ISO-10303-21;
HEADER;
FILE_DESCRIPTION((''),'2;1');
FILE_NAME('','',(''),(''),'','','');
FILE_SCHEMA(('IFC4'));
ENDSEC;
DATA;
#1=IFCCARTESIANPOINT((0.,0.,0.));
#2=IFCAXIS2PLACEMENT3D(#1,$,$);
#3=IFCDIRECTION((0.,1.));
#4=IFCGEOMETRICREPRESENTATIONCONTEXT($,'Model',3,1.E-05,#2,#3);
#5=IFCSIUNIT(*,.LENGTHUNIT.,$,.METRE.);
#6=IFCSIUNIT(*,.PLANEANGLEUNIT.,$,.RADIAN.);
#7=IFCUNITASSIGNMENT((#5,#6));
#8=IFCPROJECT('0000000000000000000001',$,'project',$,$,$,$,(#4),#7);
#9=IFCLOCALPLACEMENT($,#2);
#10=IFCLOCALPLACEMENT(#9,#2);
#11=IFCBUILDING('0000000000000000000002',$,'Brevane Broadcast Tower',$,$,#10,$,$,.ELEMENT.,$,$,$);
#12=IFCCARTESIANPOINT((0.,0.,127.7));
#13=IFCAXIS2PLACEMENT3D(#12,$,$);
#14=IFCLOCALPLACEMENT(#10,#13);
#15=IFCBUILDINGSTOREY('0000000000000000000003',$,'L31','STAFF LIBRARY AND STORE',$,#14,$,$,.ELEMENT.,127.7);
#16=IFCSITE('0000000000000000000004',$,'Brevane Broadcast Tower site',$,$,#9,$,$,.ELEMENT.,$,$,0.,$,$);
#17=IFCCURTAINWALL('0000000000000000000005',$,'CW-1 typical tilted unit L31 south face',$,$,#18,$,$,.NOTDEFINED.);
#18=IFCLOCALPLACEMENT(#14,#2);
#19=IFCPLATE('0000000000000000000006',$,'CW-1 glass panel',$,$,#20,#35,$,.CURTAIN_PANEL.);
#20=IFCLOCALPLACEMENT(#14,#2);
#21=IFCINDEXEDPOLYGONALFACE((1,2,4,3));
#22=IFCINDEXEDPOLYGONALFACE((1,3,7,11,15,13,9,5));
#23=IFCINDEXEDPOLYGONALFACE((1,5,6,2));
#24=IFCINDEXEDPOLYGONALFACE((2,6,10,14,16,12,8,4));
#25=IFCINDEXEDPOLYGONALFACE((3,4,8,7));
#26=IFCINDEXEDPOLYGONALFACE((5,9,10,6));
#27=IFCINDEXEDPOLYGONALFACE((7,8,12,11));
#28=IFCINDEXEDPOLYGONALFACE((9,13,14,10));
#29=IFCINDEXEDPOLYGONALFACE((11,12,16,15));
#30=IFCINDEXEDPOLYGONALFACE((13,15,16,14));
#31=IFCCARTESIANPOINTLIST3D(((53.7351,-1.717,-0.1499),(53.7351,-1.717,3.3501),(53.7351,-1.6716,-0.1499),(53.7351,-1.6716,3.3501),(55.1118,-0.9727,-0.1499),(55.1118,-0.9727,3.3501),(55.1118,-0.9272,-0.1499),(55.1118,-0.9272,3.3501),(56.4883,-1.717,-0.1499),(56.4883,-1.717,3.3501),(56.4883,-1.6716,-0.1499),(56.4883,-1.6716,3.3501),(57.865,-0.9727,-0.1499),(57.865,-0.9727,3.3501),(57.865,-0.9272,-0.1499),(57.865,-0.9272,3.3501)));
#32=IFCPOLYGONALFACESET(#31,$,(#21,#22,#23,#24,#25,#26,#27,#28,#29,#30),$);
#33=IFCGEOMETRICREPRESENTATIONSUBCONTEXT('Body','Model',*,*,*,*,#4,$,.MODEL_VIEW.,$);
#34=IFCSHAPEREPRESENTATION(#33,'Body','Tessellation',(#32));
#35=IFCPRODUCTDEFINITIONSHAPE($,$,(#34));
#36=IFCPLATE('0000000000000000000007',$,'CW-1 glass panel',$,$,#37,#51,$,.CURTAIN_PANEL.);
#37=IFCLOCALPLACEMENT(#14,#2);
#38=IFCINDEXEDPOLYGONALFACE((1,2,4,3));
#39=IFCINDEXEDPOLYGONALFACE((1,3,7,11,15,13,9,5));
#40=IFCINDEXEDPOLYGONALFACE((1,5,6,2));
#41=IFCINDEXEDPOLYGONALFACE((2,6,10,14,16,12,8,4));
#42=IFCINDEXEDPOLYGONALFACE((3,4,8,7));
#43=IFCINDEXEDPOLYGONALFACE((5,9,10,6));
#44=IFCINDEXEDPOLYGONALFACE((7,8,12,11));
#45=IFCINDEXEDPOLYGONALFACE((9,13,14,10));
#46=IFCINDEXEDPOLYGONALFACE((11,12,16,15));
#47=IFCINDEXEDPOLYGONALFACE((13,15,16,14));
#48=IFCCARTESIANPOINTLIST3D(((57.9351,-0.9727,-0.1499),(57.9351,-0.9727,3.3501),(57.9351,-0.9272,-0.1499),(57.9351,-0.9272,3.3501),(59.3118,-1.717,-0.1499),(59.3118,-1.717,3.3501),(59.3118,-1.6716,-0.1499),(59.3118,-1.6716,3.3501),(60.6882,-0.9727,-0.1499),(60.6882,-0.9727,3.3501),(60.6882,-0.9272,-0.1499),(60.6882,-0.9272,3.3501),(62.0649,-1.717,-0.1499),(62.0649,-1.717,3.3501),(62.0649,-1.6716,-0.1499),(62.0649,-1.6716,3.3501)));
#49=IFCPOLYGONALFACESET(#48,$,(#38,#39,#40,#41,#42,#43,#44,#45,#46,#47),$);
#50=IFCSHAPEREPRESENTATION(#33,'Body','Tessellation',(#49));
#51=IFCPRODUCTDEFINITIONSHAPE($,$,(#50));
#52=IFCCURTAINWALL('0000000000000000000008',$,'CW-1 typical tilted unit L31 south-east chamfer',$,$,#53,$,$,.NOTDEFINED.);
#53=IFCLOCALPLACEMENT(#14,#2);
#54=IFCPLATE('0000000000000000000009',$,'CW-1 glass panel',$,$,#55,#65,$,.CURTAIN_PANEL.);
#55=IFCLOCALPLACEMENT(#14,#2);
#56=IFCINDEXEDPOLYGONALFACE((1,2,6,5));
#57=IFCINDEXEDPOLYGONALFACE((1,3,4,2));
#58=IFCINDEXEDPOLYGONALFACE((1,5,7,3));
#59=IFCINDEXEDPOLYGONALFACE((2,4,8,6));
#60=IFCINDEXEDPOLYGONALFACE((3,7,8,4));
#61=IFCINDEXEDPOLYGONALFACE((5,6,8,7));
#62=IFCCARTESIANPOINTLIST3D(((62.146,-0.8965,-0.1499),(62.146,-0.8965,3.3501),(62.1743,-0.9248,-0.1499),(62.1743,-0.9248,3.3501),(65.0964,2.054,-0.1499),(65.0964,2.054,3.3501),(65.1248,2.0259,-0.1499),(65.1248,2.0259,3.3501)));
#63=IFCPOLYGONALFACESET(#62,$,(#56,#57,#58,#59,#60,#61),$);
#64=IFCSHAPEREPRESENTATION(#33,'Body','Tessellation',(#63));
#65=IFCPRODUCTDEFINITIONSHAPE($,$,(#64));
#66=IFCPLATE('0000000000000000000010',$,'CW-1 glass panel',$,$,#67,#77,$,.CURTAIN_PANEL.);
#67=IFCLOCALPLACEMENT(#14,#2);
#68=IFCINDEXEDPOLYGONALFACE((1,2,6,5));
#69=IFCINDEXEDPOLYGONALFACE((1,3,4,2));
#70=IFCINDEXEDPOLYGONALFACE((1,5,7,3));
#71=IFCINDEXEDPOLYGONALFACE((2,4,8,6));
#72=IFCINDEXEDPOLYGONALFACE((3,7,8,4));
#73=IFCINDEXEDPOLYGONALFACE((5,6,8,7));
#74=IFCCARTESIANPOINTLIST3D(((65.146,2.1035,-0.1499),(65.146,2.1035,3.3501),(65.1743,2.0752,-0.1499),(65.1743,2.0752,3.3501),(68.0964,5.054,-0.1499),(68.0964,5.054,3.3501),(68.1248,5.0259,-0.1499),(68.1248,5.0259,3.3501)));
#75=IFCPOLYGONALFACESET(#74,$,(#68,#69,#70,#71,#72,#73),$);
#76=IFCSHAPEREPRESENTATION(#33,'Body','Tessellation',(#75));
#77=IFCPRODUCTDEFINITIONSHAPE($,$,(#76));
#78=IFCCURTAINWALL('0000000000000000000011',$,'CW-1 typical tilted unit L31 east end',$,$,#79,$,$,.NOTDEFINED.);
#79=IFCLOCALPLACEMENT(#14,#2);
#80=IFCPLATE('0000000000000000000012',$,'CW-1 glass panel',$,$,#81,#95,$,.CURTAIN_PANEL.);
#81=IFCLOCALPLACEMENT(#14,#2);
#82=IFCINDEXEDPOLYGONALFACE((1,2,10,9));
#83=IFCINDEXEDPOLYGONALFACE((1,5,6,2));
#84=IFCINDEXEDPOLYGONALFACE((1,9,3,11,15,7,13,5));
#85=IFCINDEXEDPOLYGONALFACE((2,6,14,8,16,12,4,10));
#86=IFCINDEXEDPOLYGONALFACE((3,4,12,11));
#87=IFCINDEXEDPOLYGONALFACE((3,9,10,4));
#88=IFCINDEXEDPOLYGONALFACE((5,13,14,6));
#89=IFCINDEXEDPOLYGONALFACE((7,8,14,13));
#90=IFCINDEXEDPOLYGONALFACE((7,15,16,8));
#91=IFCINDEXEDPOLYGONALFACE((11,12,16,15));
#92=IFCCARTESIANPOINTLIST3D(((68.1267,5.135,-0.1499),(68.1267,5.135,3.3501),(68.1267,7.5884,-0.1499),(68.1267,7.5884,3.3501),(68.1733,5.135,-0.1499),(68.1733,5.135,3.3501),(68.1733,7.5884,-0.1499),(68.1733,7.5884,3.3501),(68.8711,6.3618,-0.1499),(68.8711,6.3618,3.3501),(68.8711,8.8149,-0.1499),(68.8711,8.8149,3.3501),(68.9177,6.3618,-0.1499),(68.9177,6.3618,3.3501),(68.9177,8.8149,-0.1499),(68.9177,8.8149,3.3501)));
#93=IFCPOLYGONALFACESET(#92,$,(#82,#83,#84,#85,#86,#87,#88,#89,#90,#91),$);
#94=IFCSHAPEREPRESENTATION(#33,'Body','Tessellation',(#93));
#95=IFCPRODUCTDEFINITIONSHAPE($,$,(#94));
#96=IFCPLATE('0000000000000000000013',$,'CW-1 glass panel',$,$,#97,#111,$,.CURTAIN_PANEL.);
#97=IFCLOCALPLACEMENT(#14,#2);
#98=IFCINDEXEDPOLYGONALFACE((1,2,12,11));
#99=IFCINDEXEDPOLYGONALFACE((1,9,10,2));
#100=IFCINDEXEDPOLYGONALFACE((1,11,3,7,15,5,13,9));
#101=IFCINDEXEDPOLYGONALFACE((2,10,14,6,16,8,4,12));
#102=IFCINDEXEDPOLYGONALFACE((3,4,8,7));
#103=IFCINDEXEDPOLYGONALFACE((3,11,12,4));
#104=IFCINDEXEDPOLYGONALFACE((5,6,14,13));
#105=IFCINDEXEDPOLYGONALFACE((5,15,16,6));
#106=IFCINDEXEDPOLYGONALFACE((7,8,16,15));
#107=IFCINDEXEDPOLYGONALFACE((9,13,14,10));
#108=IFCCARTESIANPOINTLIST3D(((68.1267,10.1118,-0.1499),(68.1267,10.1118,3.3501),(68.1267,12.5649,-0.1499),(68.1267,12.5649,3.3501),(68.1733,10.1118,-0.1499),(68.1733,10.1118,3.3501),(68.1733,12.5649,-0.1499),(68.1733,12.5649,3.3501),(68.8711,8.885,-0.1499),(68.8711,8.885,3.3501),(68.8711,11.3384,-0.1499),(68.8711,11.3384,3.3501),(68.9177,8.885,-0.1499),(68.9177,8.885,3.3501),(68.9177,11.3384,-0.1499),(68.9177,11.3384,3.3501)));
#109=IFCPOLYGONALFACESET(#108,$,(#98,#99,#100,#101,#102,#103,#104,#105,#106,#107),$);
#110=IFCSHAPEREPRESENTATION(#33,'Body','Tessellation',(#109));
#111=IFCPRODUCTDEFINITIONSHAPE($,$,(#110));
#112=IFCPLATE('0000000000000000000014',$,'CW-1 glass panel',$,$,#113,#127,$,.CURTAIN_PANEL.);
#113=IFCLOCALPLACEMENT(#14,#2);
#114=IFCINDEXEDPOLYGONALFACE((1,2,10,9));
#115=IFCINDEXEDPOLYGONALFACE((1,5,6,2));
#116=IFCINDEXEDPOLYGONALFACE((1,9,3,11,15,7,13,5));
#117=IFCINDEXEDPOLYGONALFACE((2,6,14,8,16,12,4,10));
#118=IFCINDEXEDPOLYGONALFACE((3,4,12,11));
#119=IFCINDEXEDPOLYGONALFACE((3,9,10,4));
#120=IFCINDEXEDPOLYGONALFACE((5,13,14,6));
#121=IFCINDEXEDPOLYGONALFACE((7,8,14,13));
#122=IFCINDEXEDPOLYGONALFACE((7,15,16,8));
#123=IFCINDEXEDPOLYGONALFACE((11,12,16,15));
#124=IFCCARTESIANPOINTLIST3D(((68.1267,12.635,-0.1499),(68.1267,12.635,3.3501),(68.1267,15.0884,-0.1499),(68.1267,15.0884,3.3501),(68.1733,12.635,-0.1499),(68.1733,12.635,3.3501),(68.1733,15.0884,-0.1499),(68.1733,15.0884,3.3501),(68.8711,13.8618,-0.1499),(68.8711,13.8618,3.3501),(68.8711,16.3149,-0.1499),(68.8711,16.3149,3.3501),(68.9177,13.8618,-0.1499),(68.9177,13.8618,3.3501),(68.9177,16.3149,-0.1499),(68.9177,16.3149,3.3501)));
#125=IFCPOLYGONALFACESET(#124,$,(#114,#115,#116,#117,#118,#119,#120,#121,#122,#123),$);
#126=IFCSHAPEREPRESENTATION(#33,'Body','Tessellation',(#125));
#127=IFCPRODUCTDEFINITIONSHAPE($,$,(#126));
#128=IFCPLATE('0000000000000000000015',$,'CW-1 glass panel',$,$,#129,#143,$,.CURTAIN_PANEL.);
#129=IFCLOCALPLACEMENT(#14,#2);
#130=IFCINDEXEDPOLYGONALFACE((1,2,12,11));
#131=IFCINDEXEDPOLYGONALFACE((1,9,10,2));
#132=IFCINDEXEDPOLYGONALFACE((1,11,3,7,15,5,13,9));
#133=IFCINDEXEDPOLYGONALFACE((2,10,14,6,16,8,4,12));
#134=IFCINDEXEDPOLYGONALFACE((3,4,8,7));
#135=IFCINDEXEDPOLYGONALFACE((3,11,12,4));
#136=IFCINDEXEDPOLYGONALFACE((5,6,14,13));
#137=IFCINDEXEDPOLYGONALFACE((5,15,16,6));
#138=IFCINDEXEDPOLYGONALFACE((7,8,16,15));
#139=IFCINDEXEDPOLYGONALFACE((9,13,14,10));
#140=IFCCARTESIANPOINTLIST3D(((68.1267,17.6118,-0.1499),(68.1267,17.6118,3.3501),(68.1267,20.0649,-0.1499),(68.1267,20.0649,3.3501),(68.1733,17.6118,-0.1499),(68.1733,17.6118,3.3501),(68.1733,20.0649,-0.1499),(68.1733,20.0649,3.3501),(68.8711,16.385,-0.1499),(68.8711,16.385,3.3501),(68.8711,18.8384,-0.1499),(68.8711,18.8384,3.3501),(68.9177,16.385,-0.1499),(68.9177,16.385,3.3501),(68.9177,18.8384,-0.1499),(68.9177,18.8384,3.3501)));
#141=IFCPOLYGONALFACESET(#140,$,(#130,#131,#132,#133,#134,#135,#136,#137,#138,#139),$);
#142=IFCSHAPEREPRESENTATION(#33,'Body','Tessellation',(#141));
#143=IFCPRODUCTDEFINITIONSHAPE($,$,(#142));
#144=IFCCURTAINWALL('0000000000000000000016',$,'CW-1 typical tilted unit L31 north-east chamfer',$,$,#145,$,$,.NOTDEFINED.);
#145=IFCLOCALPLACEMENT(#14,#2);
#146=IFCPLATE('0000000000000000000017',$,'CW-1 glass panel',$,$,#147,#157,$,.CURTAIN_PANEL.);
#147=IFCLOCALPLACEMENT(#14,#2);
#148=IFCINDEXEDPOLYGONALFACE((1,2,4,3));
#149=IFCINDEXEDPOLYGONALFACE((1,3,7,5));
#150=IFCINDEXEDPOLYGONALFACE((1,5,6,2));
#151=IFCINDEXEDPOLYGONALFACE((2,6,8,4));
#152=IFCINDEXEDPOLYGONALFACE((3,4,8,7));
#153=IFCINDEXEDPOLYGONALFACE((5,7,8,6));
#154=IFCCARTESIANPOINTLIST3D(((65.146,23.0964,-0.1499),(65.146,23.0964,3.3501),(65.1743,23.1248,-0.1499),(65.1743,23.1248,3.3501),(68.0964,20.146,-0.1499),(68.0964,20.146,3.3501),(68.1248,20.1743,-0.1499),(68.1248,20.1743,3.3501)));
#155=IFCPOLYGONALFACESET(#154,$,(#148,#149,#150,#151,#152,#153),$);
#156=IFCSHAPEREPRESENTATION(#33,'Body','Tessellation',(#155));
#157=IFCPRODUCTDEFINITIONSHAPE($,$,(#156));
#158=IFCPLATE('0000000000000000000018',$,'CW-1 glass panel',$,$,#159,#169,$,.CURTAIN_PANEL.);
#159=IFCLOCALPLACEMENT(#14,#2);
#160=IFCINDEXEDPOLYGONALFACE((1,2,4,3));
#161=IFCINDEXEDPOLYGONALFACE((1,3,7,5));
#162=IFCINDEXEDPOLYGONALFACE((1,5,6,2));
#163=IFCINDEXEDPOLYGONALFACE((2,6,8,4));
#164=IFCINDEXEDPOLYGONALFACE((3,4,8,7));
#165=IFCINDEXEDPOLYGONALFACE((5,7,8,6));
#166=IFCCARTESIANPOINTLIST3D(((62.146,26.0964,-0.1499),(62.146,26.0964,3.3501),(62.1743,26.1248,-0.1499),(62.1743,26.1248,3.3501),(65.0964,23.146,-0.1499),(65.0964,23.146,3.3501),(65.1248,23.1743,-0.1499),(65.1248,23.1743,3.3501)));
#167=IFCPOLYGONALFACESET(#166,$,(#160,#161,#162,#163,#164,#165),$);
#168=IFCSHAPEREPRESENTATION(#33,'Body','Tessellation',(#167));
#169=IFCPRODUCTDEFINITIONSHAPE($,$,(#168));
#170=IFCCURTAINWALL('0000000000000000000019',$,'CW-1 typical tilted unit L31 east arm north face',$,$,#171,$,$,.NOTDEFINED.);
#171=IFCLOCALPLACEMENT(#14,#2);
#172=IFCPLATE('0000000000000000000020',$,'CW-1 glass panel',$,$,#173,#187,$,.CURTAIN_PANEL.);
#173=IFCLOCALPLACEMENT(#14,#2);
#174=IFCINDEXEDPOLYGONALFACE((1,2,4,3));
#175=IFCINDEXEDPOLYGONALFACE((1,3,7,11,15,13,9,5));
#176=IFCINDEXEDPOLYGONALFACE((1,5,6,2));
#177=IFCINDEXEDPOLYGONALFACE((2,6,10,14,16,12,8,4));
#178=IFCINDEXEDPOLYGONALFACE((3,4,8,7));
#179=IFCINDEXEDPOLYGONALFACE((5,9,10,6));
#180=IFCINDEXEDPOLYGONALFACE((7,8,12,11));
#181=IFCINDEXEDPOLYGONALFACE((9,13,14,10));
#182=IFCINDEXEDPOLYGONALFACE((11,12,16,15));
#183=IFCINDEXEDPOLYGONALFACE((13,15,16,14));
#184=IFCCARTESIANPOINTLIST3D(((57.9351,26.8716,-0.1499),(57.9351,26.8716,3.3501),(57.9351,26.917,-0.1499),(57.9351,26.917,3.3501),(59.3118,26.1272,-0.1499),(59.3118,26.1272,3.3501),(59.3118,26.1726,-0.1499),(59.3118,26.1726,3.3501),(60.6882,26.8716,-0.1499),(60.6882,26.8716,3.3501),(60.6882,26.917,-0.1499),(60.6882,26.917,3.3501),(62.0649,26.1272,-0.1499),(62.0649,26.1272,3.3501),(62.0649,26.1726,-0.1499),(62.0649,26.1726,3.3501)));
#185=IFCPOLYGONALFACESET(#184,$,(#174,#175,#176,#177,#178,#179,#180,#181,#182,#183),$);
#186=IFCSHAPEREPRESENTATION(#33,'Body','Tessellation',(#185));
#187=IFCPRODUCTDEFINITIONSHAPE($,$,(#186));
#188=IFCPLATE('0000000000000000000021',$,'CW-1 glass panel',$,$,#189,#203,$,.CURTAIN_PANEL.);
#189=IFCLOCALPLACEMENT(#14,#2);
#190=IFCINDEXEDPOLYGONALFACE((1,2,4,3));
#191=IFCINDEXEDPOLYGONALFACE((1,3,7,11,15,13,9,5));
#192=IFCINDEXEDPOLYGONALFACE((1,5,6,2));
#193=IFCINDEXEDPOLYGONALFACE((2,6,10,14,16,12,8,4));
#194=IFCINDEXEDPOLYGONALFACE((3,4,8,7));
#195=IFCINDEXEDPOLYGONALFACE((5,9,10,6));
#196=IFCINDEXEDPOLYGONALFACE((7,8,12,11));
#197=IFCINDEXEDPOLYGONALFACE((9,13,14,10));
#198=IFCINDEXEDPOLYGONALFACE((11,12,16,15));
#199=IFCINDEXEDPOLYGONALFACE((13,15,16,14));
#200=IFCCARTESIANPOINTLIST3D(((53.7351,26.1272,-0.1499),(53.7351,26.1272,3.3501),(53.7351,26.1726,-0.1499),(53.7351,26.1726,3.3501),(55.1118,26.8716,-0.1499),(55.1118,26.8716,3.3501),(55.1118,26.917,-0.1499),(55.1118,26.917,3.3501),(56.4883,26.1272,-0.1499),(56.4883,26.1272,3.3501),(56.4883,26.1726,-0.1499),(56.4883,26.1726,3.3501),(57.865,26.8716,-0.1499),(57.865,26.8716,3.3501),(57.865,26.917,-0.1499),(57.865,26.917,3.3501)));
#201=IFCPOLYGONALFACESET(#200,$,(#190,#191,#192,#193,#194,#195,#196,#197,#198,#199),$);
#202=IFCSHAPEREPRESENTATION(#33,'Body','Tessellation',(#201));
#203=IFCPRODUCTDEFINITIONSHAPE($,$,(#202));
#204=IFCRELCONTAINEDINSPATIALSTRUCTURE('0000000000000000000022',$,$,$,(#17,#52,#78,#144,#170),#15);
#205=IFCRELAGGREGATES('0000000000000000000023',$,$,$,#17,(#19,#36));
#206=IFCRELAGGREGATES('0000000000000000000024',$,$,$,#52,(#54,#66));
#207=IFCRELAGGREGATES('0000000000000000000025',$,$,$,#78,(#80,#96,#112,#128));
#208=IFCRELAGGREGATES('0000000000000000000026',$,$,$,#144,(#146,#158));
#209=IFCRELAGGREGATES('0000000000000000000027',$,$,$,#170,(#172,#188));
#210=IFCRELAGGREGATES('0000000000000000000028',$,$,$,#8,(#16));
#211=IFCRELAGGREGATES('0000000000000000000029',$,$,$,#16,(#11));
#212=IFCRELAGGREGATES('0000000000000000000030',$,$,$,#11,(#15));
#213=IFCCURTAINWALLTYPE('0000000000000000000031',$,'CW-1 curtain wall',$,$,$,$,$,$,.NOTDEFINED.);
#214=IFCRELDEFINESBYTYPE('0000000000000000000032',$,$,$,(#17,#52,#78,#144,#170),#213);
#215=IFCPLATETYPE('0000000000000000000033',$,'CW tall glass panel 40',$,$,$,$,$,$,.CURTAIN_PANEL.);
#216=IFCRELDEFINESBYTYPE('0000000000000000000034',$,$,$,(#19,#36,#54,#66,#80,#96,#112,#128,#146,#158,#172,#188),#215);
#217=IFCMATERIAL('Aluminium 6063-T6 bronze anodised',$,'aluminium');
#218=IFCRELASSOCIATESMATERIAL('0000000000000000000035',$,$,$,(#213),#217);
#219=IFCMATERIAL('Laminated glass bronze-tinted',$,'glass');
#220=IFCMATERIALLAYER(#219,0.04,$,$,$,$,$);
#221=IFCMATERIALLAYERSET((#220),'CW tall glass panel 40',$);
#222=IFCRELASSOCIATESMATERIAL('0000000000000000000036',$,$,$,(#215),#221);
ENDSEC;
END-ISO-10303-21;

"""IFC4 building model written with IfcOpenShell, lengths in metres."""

from ifc_helpers import new_model, si_unit, direction, frame, origin, place, context, subcontext, project, spatial, polyline, outline, extrude, material, layer, layer_set, type_object, element, aggregate, save


model = new_model("IFC4")

# Units and contexts
model_context = context("Model", 3, precision=1e-05, world=origin(), true_north=direction((0.0, 1.0)))
body_context = subcontext(model_context, "Body", "Model", "MODEL_VIEW")
ifc_project = project(units=[si_unit("LENGTHUNIT", "METRE"), si_unit("PLANEANGLEUNIT", "RADIAN")], contexts=[model_context])

# Site, building, storey
site_placement = place(None, origin())
site = spatial("IfcSite", under=ifc_project, at=site_placement, Name="Brevane Broadcast Tower site", CompositionType="ELEMENT", RefElevation=0.0)
building_placement = place(site_placement, origin())
building = spatial("IfcBuilding", under=site, at=building_placement, Name="Brevane Broadcast Tower", CompositionType="ELEMENT")
storey_placement = place(building_placement, frame((0.0, 0.0, 127.7)))
storey = spatial("IfcBuildingStorey", under=building, at=storey_placement, Name="L31", Description="STAFF LIBRARY AND STORE", CompositionType="ELEMENT", Elevation=127.7)

# Curtain walls, plates
ifc_material_1 = material(Name="Aluminium 6063-T6 bronze anodised", Category="aluminium")
curtain_wall_type = type_object("IfcCurtainWallType", Name="CW-1 curtain wall", PredefinedType="NOTDEFINED", material=ifc_material_1)
curtain_wall_1_placement = place(storey_placement, origin())
curtain_wall_1 = element("IfcCurtainWall", 1, at=curtain_wall_1_placement, inside=storey, type_object=curtain_wall_type, Name="CW-1 typical tilted unit L31 south face", PredefinedType="NOTDEFINED")
ifc_material_2 = material(Name="Laminated glass bronze-tinted", Category="glass")
ifc_layer = layer(ifc_material_2, 0.04)
ifc_layer_set = layer_set([ifc_layer], Name="CW tall glass panel 40")
plate_type = type_object("IfcPlateType", Name="CW tall glass panel 40", PredefinedType="CURTAIN_PANEL", material=ifc_layer_set)
plate_1_placement = place(storey_placement, frame((0.0, 0.0, -0.1499)))
plate_1 = element("IfcPlate", 2, at=plate_1_placement, type_object=plate_type, Name="CW-1 glass panel", PredefinedType="CURTAIN_PANEL", context=body_context, shape_type="SweptSolid", body=[
    extrude(outline(polyline([(53.7351, -1.6716), (53.7351, -1.717), (55.1118, -0.9727), (56.4883, -1.717), (57.865, -0.9727), (57.865, -0.9272), (56.4883, -1.6716), (55.1118, -0.9272), (53.7351, -1.6716)])), origin(), (0.0, 0.0, 1.0), 3.5),
])
plate_2_placement = place(storey_placement, frame((0.0, 0.0, -0.1499)))
plate_2 = element("IfcPlate", 3, at=plate_2_placement, type_object=plate_type, Name="CW-1 glass panel", PredefinedType="CURTAIN_PANEL", context=body_context, shape_type="SweptSolid", body=[
    extrude(outline(polyline([(57.9351, -0.9272), (57.9351, -0.9727), (59.3118, -1.717), (60.6882, -0.9727), (62.0649, -1.717), (62.0649, -1.6716), (60.6882, -0.9272), (59.3118, -1.6716), (57.9351, -0.9272)])), origin(), (0.0, 0.0, 1.0), 3.5),
])
aggregate(curtain_wall_1, [plate_1, plate_2])
curtain_wall_2_placement = place(storey_placement, origin())
curtain_wall_2 = element("IfcCurtainWall", 4, at=curtain_wall_2_placement, inside=storey, type_object=curtain_wall_type, Name="CW-1 typical tilted unit L31 south-east chamfer", PredefinedType="NOTDEFINED")
plate_3_placement = place(storey_placement, frame((0.0, 0.0, -0.1499)))
plate_3 = element("IfcPlate", 5, at=plate_3_placement, type_object=plate_type, Name="CW-1 glass panel", PredefinedType="CURTAIN_PANEL", context=body_context, shape_type="SweptSolid", body=[
    extrude(outline(polyline([(62.146, -0.8965), (65.0964, 2.054), (65.1248, 2.0259), (62.1743, -0.9248), (62.146, -0.8965)])), origin(), (0.0, 0.0, 1.0), 3.5),
])
plate_4_placement = place(storey_placement, frame((0.0, 0.0, -0.1499)))
plate_4 = element("IfcPlate", 6, at=plate_4_placement, type_object=plate_type, Name="CW-1 glass panel", PredefinedType="CURTAIN_PANEL", context=body_context, shape_type="SweptSolid", body=[
    extrude(outline(polyline([(65.146, 2.1035), (68.0964, 5.054), (68.1248, 5.0259), (65.1743, 2.0752), (65.146, 2.1035)])), origin(), (0.0, 0.0, 1.0), 3.5),
])
aggregate(curtain_wall_2, [plate_3, plate_4])
curtain_wall_3_placement = place(storey_placement, origin())
curtain_wall_3 = element("IfcCurtainWall", 7, at=curtain_wall_3_placement, inside=storey, type_object=curtain_wall_type, Name="CW-1 typical tilted unit L31 east end", PredefinedType="NOTDEFINED")
plate_5_placement = place(storey_placement, frame((0.0, 0.0, -0.1499)))
plate_5 = element("IfcPlate", 8, at=plate_5_placement, type_object=plate_type, Name="CW-1 glass panel", PredefinedType="CURTAIN_PANEL", context=body_context, shape_type="SweptSolid", body=[
    extrude(outline(polyline([(68.1267, 5.135), (68.1733, 5.135), (68.9177, 6.3618), (68.1733, 7.5884), (68.9177, 8.8149), (68.8711, 8.8149), (68.1267, 7.5884), (68.8711, 6.3618), (68.1267, 5.135)])), origin(), (0.0, 0.0, 1.0), 3.5),
])
plate_6_placement = place(storey_placement, frame((0.0, 0.0, -0.1499)))
plate_6 = element("IfcPlate", 9, at=plate_6_placement, type_object=plate_type, Name="CW-1 glass panel", PredefinedType="CURTAIN_PANEL", context=body_context, shape_type="SweptSolid", body=[
    extrude(outline(polyline([(68.8711, 8.885), (68.9177, 8.885), (68.1733, 10.1118), (68.9177, 11.3384), (68.1733, 12.5649), (68.1267, 12.5649), (68.8711, 11.3384), (68.1267, 10.1118), (68.8711, 8.885)])), origin(), (0.0, 0.0, 1.0), 3.5),
])
plate_7_placement = place(storey_placement, frame((0.0, 0.0, -0.1499)))
plate_7 = element("IfcPlate", 10, at=plate_7_placement, type_object=plate_type, Name="CW-1 glass panel", PredefinedType="CURTAIN_PANEL", context=body_context, shape_type="SweptSolid", body=[
    extrude(outline(polyline([(68.1267, 12.635), (68.1733, 12.635), (68.9177, 13.8618), (68.1733, 15.0884), (68.9177, 16.3149), (68.8711, 16.3149), (68.1267, 15.0884), (68.8711, 13.8618), (68.1267, 12.635)])), origin(), (0.0, 0.0, 1.0), 3.5),
])
plate_8_placement = place(storey_placement, frame((0.0, 0.0, -0.1499)))
plate_8 = element("IfcPlate", 11, at=plate_8_placement, type_object=plate_type, Name="CW-1 glass panel", PredefinedType="CURTAIN_PANEL", context=body_context, shape_type="SweptSolid", body=[
    extrude(outline(polyline([(68.8711, 16.385), (68.9177, 16.385), (68.1733, 17.6118), (68.9177, 18.8384), (68.1733, 20.0649), (68.1267, 20.0649), (68.8711, 18.8384), (68.1267, 17.6118), (68.8711, 16.385)])), origin(), (0.0, 0.0, 1.0), 3.5),
])
aggregate(curtain_wall_3, [plate_5, plate_6, plate_7, plate_8])
curtain_wall_4_placement = place(storey_placement, origin())
curtain_wall_4 = element("IfcCurtainWall", 12, at=curtain_wall_4_placement, inside=storey, type_object=curtain_wall_type, Name="CW-1 typical tilted unit L31 north-east chamfer", PredefinedType="NOTDEFINED")
plate_9_placement = place(storey_placement, frame((0.0, 0.0, -0.1499)))
plate_9 = element("IfcPlate", 13, at=plate_9_placement, type_object=plate_type, Name="CW-1 glass panel", PredefinedType="CURTAIN_PANEL", context=body_context, shape_type="SweptSolid", body=[
    extrude(outline(polyline([(68.0964, 20.146), (65.146, 23.0964), (65.1743, 23.1248), (68.1248, 20.1743), (68.0964, 20.146)])), origin(), (0.0, 0.0, 1.0), 3.5),
])
plate_10_placement = place(storey_placement, frame((0.0, 0.0, -0.1499)))
plate_10 = element("IfcPlate", 14, at=plate_10_placement, type_object=plate_type, Name="CW-1 glass panel", PredefinedType="CURTAIN_PANEL", context=body_context, shape_type="SweptSolid", body=[
    extrude(outline(polyline([(65.0964, 23.146), (62.146, 26.0964), (62.1743, 26.1248), (65.1248, 23.1743), (65.0964, 23.146)])), origin(), (0.0, 0.0, 1.0), 3.5),
])
aggregate(curtain_wall_4, [plate_9, plate_10])
curtain_wall_5_placement = place(storey_placement, origin())
curtain_wall_5 = element("IfcCurtainWall", 15, at=curtain_wall_5_placement, inside=storey, type_object=curtain_wall_type, Name="CW-1 typical tilted unit L31 east arm north face", PredefinedType="NOTDEFINED")
plate_11_placement = place(storey_placement, frame((0.0, 0.0, -0.1499)))
plate_11 = element("IfcPlate", 16, at=plate_11_placement, type_object=plate_type, Name="CW-1 glass panel", PredefinedType="CURTAIN_PANEL", context=body_context, shape_type="SweptSolid", body=[
    extrude(outline(polyline([(62.0649, 26.1272), (62.0649, 26.1726), (60.6882, 26.917), (59.3118, 26.1726), (57.9351, 26.917), (57.9351, 26.8716), (59.3118, 26.1272), (60.6882, 26.8716), (62.0649, 26.1272)])), origin(), (0.0, 0.0, 1.0), 3.5),
])
plate_12_placement = place(storey_placement, frame((0.0, 0.0, -0.1499)))
plate_12 = element("IfcPlate", 17, at=plate_12_placement, type_object=plate_type, Name="CW-1 glass panel", PredefinedType="CURTAIN_PANEL", context=body_context, shape_type="SweptSolid", body=[
    extrude(outline(polyline([(57.865, 26.8716), (57.865, 26.917), (56.4883, 26.1726), (55.1118, 26.917), (53.7351, 26.1726), (53.7351, 26.1272), (55.1118, 26.8716), (56.4883, 26.1272), (57.865, 26.8716)])), origin(), (0.0, 0.0, 1.0), 3.5),
])
aggregate(curtain_wall_5, [plate_11, plate_12])

save(model, "model.ifc")
